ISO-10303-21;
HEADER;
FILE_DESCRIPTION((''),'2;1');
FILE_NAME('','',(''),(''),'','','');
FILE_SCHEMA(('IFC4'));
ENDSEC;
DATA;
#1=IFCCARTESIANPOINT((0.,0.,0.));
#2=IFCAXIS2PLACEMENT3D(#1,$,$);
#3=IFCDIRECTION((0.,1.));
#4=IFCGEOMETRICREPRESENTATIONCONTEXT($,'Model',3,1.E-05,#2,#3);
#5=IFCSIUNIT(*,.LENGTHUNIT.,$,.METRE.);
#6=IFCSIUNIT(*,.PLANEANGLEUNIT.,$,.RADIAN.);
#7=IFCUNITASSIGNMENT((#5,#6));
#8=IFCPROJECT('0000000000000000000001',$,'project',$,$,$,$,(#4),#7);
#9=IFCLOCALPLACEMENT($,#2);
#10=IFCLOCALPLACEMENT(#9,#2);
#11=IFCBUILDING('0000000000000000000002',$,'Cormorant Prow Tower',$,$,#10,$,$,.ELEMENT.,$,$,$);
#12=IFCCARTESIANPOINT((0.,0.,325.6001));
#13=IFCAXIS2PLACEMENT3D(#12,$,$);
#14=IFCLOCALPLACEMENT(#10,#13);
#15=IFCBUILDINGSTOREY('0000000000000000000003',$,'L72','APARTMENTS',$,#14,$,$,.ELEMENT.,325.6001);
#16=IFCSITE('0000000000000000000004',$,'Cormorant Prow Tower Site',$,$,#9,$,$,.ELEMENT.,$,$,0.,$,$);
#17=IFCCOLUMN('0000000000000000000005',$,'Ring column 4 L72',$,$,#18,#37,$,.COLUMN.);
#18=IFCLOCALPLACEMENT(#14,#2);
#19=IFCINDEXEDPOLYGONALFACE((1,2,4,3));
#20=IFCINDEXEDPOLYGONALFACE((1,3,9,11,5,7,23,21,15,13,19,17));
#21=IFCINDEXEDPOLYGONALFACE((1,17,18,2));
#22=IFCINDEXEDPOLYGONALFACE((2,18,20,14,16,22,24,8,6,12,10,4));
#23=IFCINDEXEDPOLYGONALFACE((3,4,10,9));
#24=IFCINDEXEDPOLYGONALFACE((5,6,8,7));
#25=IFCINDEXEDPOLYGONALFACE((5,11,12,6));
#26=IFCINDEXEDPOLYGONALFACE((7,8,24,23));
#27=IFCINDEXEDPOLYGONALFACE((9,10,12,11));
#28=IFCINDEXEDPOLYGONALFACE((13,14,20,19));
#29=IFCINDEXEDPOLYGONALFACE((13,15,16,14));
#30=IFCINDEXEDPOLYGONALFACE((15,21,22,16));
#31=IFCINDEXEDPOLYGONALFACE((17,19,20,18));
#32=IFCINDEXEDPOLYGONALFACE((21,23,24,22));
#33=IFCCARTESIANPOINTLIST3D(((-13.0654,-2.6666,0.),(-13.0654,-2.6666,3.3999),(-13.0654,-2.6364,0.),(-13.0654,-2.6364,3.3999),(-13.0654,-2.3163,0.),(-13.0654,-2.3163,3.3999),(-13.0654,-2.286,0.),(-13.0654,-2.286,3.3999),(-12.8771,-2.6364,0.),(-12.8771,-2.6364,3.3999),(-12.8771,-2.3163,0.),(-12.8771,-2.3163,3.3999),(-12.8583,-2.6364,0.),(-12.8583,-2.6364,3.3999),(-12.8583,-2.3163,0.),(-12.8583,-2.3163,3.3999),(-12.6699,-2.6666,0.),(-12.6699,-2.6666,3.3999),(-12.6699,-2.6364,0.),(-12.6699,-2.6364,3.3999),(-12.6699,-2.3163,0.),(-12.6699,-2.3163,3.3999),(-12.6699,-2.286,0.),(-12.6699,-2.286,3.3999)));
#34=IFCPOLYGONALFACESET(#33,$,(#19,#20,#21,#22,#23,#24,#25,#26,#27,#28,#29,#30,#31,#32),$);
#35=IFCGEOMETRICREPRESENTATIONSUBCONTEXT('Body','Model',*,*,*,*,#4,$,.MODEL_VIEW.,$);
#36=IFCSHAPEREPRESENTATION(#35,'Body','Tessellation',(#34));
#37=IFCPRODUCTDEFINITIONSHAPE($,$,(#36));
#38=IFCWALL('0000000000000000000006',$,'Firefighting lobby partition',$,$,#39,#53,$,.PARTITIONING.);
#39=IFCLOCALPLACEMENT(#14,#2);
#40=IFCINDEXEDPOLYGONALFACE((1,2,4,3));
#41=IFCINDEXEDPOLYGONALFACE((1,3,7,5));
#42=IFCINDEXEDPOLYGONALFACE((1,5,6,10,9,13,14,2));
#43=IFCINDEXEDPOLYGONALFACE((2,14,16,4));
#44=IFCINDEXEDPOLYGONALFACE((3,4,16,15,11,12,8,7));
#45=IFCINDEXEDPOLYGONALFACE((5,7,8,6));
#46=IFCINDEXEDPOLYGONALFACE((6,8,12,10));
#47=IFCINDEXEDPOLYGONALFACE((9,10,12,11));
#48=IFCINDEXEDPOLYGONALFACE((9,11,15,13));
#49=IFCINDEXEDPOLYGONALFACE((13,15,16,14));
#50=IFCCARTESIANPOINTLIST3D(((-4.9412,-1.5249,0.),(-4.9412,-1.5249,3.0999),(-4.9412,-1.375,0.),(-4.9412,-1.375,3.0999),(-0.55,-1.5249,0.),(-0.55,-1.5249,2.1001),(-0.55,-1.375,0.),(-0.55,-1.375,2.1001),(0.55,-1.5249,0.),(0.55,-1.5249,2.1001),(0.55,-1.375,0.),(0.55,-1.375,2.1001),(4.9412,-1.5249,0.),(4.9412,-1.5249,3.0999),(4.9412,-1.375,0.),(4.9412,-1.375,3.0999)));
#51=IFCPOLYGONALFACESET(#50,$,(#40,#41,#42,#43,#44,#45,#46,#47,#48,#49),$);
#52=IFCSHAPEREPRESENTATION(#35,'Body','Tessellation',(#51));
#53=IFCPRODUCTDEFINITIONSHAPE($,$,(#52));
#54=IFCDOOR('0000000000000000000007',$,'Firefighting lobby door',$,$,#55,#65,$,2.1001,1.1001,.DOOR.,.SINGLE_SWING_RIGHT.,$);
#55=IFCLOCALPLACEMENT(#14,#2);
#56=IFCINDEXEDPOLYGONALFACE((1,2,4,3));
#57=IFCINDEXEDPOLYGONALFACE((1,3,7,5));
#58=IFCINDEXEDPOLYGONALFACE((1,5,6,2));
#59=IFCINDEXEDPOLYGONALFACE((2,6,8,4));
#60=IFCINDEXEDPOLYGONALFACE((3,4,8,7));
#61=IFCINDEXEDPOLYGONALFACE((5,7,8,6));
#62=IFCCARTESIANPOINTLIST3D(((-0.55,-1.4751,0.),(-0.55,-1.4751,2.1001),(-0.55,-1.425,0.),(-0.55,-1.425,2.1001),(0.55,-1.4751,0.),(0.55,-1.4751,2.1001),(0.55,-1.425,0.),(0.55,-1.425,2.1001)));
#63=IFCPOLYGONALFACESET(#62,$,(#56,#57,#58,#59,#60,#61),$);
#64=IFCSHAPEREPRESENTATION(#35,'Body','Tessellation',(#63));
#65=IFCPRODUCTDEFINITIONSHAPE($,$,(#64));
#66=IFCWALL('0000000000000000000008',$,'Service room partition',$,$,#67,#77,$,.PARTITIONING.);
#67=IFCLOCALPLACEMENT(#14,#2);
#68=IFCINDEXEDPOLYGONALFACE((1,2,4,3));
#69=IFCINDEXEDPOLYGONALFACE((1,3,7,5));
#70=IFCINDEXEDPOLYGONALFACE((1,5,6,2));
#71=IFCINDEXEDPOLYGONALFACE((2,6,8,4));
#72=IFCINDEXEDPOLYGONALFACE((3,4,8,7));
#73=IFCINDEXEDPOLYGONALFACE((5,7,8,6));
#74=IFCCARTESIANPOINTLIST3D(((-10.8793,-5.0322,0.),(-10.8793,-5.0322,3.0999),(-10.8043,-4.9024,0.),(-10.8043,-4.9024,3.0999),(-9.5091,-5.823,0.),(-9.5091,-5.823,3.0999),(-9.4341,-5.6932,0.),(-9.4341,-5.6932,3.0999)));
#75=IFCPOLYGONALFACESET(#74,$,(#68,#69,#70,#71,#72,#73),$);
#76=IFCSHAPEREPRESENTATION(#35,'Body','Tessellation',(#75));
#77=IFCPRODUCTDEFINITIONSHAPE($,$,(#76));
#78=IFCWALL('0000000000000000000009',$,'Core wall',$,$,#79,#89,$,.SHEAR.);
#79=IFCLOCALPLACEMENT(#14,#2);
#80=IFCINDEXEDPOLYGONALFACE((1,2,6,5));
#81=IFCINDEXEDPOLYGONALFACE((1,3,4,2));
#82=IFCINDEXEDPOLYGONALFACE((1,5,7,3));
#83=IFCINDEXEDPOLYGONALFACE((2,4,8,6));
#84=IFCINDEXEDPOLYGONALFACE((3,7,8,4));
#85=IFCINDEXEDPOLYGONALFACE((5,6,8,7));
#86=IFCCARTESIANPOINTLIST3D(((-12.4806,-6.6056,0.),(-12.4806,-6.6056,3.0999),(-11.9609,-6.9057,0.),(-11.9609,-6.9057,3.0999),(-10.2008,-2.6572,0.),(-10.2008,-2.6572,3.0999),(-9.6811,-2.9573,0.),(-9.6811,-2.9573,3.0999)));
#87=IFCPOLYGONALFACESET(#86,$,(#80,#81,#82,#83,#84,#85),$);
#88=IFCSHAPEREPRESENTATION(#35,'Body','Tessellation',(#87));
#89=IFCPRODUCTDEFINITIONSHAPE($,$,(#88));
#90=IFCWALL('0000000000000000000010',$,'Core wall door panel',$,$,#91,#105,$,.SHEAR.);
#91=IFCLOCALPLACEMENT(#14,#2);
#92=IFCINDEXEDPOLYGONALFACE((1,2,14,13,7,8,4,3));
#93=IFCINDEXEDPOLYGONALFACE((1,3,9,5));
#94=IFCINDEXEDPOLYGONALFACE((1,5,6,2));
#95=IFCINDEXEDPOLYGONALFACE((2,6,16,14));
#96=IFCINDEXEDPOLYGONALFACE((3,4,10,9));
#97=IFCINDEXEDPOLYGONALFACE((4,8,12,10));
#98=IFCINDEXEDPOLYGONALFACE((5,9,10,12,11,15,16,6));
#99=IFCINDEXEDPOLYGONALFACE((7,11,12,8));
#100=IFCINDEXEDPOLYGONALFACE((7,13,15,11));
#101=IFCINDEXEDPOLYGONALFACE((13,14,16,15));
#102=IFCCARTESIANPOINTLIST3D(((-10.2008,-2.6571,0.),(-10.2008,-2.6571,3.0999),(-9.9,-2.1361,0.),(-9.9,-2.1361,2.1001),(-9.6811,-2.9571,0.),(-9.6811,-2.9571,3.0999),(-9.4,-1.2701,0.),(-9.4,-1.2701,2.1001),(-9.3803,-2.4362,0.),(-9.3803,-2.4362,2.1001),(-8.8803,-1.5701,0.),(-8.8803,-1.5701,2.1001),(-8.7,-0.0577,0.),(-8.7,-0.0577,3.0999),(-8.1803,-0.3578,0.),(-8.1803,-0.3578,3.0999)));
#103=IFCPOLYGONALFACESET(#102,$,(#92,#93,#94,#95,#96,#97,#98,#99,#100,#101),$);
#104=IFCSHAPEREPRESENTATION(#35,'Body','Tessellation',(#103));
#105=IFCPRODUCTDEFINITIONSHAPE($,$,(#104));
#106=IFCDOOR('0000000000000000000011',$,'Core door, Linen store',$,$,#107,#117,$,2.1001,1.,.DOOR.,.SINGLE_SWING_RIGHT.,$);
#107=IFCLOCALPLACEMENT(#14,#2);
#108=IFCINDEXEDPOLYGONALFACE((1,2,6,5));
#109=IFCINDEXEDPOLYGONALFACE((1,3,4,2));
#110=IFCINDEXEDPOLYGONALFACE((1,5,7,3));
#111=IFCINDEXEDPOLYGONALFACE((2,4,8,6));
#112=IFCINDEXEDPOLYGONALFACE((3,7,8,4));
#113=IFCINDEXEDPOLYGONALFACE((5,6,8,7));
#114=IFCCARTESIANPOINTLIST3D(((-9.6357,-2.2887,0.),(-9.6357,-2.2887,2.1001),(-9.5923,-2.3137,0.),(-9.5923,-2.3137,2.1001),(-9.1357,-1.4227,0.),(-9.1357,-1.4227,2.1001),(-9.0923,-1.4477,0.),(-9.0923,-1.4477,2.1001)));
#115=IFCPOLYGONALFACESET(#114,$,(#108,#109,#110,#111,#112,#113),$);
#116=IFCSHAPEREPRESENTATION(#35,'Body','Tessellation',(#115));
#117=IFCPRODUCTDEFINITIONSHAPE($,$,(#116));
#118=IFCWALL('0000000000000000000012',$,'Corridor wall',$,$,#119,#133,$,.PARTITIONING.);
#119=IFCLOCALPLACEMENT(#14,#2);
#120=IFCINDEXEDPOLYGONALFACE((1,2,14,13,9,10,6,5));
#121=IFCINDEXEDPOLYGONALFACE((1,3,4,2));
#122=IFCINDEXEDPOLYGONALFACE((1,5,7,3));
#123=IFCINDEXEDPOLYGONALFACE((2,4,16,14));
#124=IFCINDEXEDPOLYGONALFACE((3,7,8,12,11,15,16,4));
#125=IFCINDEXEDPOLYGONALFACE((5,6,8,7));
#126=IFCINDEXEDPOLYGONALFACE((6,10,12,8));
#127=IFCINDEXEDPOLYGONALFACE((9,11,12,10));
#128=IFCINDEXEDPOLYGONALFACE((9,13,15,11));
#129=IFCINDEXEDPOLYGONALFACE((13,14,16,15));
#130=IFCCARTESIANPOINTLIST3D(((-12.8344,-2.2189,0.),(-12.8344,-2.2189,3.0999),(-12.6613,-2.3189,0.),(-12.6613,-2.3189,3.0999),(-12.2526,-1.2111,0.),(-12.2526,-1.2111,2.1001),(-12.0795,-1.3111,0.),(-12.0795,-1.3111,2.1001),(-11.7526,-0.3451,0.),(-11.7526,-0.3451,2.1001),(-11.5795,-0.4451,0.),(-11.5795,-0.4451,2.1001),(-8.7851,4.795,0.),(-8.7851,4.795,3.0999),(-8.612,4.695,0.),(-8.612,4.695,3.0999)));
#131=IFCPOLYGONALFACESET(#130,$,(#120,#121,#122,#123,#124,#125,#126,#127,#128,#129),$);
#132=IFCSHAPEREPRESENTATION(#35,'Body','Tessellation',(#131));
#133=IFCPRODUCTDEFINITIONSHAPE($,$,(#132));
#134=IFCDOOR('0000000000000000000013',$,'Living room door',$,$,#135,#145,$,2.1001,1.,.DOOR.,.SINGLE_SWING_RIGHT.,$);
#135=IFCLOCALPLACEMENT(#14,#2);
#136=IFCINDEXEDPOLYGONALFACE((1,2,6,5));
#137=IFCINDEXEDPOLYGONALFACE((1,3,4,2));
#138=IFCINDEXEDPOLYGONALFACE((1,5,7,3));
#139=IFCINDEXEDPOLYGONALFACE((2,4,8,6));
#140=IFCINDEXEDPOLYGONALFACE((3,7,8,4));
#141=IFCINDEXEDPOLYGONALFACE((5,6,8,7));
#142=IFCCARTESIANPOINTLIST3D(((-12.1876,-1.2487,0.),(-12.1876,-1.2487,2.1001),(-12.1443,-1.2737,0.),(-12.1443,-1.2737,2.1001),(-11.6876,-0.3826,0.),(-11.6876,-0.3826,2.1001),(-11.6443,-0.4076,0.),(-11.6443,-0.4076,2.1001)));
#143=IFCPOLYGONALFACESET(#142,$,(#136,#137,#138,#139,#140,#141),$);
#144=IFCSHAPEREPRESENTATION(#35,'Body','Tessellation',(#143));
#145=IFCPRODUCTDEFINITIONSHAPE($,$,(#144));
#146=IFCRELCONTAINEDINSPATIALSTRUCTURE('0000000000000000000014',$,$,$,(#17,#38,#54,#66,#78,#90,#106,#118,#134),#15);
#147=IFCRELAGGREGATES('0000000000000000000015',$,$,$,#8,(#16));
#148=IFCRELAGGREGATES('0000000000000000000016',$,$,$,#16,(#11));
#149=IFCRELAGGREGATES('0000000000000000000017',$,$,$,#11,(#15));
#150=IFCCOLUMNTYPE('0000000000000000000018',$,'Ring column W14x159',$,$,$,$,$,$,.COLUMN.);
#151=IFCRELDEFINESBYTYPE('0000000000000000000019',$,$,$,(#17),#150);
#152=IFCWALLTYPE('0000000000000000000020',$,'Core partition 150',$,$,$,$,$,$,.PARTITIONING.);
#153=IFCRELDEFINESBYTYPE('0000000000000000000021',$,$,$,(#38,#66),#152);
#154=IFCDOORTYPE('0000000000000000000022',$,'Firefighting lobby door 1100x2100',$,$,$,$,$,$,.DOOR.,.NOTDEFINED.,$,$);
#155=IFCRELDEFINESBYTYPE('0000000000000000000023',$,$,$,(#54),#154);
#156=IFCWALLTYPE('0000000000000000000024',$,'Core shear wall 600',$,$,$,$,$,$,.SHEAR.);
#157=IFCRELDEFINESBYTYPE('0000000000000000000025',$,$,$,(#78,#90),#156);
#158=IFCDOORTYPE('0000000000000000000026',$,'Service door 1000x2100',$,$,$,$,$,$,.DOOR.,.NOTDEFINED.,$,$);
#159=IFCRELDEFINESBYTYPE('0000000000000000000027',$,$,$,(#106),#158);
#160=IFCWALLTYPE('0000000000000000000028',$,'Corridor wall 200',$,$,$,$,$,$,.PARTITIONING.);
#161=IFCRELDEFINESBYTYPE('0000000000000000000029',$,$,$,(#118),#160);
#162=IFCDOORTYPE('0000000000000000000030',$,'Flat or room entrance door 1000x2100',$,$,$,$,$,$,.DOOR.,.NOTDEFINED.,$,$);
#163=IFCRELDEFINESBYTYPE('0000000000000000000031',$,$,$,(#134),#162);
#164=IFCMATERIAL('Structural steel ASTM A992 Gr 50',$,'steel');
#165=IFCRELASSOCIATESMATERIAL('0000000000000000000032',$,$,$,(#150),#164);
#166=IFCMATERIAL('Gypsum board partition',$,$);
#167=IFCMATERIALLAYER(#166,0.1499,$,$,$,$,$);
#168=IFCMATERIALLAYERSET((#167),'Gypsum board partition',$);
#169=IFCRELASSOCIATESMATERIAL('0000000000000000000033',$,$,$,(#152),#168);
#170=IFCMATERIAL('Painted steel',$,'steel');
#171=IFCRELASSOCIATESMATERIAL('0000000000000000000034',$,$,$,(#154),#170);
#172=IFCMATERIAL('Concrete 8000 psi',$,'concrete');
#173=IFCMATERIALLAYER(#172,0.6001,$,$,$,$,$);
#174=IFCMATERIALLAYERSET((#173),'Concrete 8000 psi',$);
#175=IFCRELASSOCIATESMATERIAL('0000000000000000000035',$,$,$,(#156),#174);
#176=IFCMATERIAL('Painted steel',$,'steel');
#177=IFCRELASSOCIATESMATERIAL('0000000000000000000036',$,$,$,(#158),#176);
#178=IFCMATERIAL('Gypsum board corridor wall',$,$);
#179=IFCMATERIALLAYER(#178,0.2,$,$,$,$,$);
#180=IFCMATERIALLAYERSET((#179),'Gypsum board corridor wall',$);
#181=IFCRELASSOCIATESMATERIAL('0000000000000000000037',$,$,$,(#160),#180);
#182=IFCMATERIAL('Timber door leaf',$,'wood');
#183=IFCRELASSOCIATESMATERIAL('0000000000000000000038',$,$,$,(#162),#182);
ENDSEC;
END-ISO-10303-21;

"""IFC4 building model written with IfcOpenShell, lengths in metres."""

from ifc_helpers import new_model, si_unit, direction, frame, frame_2d, origin, origin_2d, place, context, subcontext, project, spatial, rectangle, i_section, extrude, material, layer, layer_set, material_profile, profile_set, type_object, element, fill, save


model = new_model("IFC4")

# Units and contexts
model_context = context("Model", 3, precision=1e-05, world=origin(), true_north=direction((0.0, 1.0)))
body_context = subcontext(model_context, "Body", "Model", "MODEL_VIEW")
ifc_project = project(units=[si_unit("LENGTHUNIT", "METRE"), si_unit("PLANEANGLEUNIT", "RADIAN")], contexts=[model_context])

# Site, building, storey
site_placement = place(None, origin())
site = spatial("IfcSite", under=ifc_project, at=site_placement, Name="Cormorant Prow Tower Site", CompositionType="ELEMENT", RefElevation=0.0)
building_placement = place(site_placement, origin())
building = spatial("IfcBuilding", under=site, at=building_placement, Name="Cormorant Prow Tower", CompositionType="ELEMENT")
storey_placement = place(building_placement, frame((0.0, 0.0, 325.6001)))
storey = spatial("IfcBuildingStorey", under=building, at=storey_placement, Name="L72", Description="APARTMENTS", CompositionType="ELEMENT", Elevation=325.6001)

# Column
ifc_material_1 = material(Name="Structural steel ASTM A992 Gr 50", Category="steel")
ifc_material_profile = material_profile(ifc_material_1, i_section(OverallWidth=0.3955, OverallDepth=0.3806, WebThickness=0.0188, FlangeThickness=0.0303, at=origin_2d()), Name="W14x159")
ifc_profile_set = profile_set([ifc_material_profile], Name="Structural steel ASTM A992 Gr 50")
column_type = type_object("IfcColumnType", Name="Ring column W14x159", PredefinedType="COLUMN", material=ifc_profile_set)
column_placement = place(storey_placement, frame((-12.8677, -2.4763, 0.0), z_axis=(0.0, 0.0, 1.0), x_axis=(1.0, 0.0, 0.0)))
element("IfcColumn", 1, at=column_placement, inside=storey, type_object=column_type, Name="Ring column 4 L72", PredefinedType="COLUMN", context=body_context, shape_type="SweptSolid", body=[
    extrude(i_section(OverallWidth=0.3955, OverallDepth=0.3806, WebThickness=0.0188, FlangeThickness=0.0303, at=origin_2d()), origin(), (0.0, 0.0, 1.0), 3.3999),
])

# Wall, opening, door
ifc_material_2 = material(Name="Gypsum board partition")
ifc_layer_1 = layer(ifc_material_2, 0.1499)
ifc_layer_set_1 = layer_set([ifc_layer_1], Name="Gypsum board partition")
wall_type_1 = type_object("IfcWallType", Name="Core partition 150", PredefinedType="PARTITIONING", material=ifc_layer_set_1)
wall_1_placement = place(storey_placement, frame((-4.9412, -1.45, 0.0), z_axis=(0.0, 0.0, 1.0), x_axis=(1.0, 0.0, 0.0)))
wall_1 = element("IfcWall", 2, at=wall_1_placement, inside=storey, type_object=wall_type_1, Name="Firefighting lobby partition", PredefinedType="PARTITIONING", context=body_context, shape_type="SweptSolid", body=[
    extrude(rectangle(XDim=9.8823, YDim=0.1499, at=frame_2d((4.9412, 0.0))), origin(), (0.0, 0.0, 1.0), 3.0999),
])
opening_1_placement = place(wall_1_placement, frame((4.3911, 0.0, 0.0)))
opening_1 = element("IfcOpeningElement", 3, at=opening_1_placement, cuts=wall_1, PredefinedType="OPENING", context=body_context, shape_type="SweptSolid", body=[
    extrude(rectangle(XDim=1.1001, YDim=2.1001, at=frame_2d((0.55, 1.05))), frame((0.0, 0.085, 0.0), z_axis=(0.0, -1.0, 0.0), x_axis=(1.0, 0.0, 0.0)), (0.0, 0.0, 1.0), 0.1699),
])
ifc_material_3 = material(Name="Painted steel", Category="steel")
door_type_1 = type_object("IfcDoorType", Name="Firefighting lobby door 1100x2100", OperationType="NOTDEFINED", PredefinedType="DOOR", material=ifc_material_3)
door_1_placement = place(opening_1_placement, origin())
door_1 = element("IfcDoor", 4, at=door_1_placement, inside=storey, type_object=door_type_1, Name="Firefighting lobby door", OperationType="SINGLE_SWING_RIGHT", OverallHeight=2.1001, OverallWidth=1.1001, PredefinedType="DOOR", context=body_context, shape_type="SweptSolid", body=[
    extrude(rectangle(XDim=1.1001, YDim=2.1001, at=frame_2d((0.55, 1.05))), frame((0.0, 0.0249, 0.0), z_axis=(0.0, -1.0, 0.0), x_axis=(1.0, 0.0, 0.0)), (0.0, 0.0, 1.0), 0.05),
])
fill(opening_1, door_1)

# Walls
wall_2_placement = place(storey_placement, frame((-10.8418, -4.9673, 0.0), z_axis=(0.0, 0.0, 1.0), x_axis=(0.866098, -0.499874, 0.0)))
element("IfcWall", 5, at=wall_2_placement, inside=storey, type_object=wall_type_1, Name="Service room partition", PredefinedType="PARTITIONING", context=body_context, shape_type="SweptSolid", body=[
    extrude(rectangle(XDim=1.582, YDim=0.1499, at=frame_2d((0.791, 0.0))), origin(), (0.0, 0.0, 1.0), 3.0999),
])
ifc_material_4 = material(Name="Concrete 8000 psi", Category="concrete")
ifc_layer_2 = layer(ifc_material_4, 0.6001)
ifc_layer_set_2 = layer_set([ifc_layer_2], Name="Concrete 8000 psi")
wall_type_2 = type_object("IfcWallType", Name="Core shear wall 600", PredefinedType="SHEAR", material=ifc_layer_set_2)
wall_3_placement = place(storey_placement, frame((-9.9409, -2.8071, 0.0), z_axis=(0.0, 0.0, 1.0), x_axis=(-0.500021, -0.866013, 0.0)))
element("IfcWall", 6, at=wall_3_placement, inside=storey, type_object=wall_type_2, Name="Core wall", PredefinedType="SHEAR", context=body_context, shape_type="SweptSolid", body=[
    extrude(rectangle(XDim=4.5593, YDim=0.6001, at=frame_2d((2.2798, 0.0))), origin(), (0.0, 0.0, 1.0), 3.0999),
])

# Walls, openings, doors
wall_4_placement = place(storey_placement, frame((-8.4402, -0.2078, 0.0), z_axis=(0.0, 0.0, 1.0), x_axis=(-0.499997, -0.866027, 0.0)))
wall_4 = element("IfcWall", 7, at=wall_4_placement, inside=storey, type_object=wall_type_2, Name="Core wall door panel", PredefinedType="SHEAR", context=body_context, shape_type="SweptSolid", body=[
    extrude(rectangle(XDim=3.0015, YDim=0.6001, at=frame_2d((1.5007, 0.0))), origin(), (0.0, 0.0, 1.0), 3.0999),
])
opening_2_placement = place(wall_4_placement, frame((1.3999, 0.0, 0.0)))
opening_2 = element("IfcOpeningElement", 8, at=opening_2_placement, cuts=wall_4, PredefinedType="OPENING", context=body_context, shape_type="SweptSolid", body=[
    extrude(rectangle(XDim=1.0, YDim=2.1001, at=frame_2d((0.5, 1.05))), frame((0.0, 0.3101, 0.0), z_axis=(0.0, -1.0, 0.0), x_axis=(1.0, 0.0, 0.0)), (0.0, 0.0, 1.0), 0.6201),
])
ifc_material_5 = material(Name="Painted steel", Category="steel")
door_type_2 = type_object("IfcDoorType", Name="Service door 1000x2100", OperationType="NOTDEFINED", PredefinedType="DOOR", material=ifc_material_5)
door_2_placement = place(opening_2_placement, origin())
door_2 = element("IfcDoor", 9, at=door_2_placement, inside=storey, type_object=door_type_2, Name="Core door, Linen store", OperationType="SINGLE_SWING_RIGHT", OverallHeight=2.1001, OverallWidth=1.0, PredefinedType="DOOR", context=body_context, shape_type="SweptSolid", body=[
    extrude(rectangle(XDim=1.0, YDim=2.1001, at=frame_2d((0.5, 1.05))), frame((0.0, 0.0552, 0.0), z_axis=(0.0, -1.0, 0.0), x_axis=(1.0, 0.0, 0.0)), (0.0, 0.0, 1.0), 0.05),
])
fill(opening_2, door_2)
ifc_material_6 = material(Name="Gypsum board corridor wall")
ifc_layer_3 = layer(ifc_material_6, 0.2)
ifc_layer_set_3 = layer_set([ifc_layer_3], Name="Gypsum board corridor wall")
wall_type_3 = type_object("IfcWallType", Name="Corridor wall 200", PredefinedType="PARTITIONING", material=ifc_layer_set_3)
wall_5_placement = place(storey_placement, frame((-12.7478, -2.2688, 0.0), z_axis=(0.0, 0.0, 1.0), x_axis=(0.499984, 0.866034, 0.0)))
wall_5 = element("IfcWall", 10, at=wall_5_placement, inside=storey, type_object=wall_type_3, Name="Corridor wall", PredefinedType="PARTITIONING", context=body_context, shape_type="SweptSolid", body=[
    extrude(rectangle(XDim=8.0989, YDim=0.2, at=frame_2d((4.0493, 0.0))), origin(), (0.0, 0.0, 1.0), 3.0999),
])
opening_3_placement = place(wall_5_placement, frame((1.1636, 0.0, 0.0)))
opening_3 = element("IfcOpeningElement", 11, at=opening_3_placement, cuts=wall_5, PredefinedType="OPENING", context=body_context, shape_type="SweptSolid", body=[
    extrude(rectangle(XDim=1.0, YDim=2.1001, at=frame_2d((0.5, 1.05))), frame((0.0, 0.1099, 0.0), z_axis=(0.0, -1.0, 0.0), x_axis=(1.0, 0.0, 0.0)), (0.0, 0.0, 1.0), 0.22),
])
ifc_material_7 = material(Name="Timber door leaf", Category="wood")
door_type_3 = type_object("IfcDoorType", Name="Flat or room entrance door 1000x2100", OperationType="NOTDEFINED", PredefinedType="DOOR", material=ifc_material_7)
door_3_placement = place(opening_3_placement, origin())
door_3 = element("IfcDoor", 12, at=door_3_placement, inside=storey, type_object=door_type_3, Name="Living room door", OperationType="SINGLE_SWING_RIGHT", OverallHeight=2.1001, OverallWidth=1.0, PredefinedType="DOOR", context=body_context, shape_type="SweptSolid", body=[
    extrude(rectangle(XDim=1.0, YDim=2.1001, at=frame_2d((0.5, 1.05))), frame((0.0, 0.0249, 0.0), z_axis=(0.0, -1.0, 0.0), x_axis=(1.0, 0.0, 0.0)), (0.0, 0.0, 1.0), 0.05),
])
fill(opening_3, door_3)

save(model, "model.ifc")
